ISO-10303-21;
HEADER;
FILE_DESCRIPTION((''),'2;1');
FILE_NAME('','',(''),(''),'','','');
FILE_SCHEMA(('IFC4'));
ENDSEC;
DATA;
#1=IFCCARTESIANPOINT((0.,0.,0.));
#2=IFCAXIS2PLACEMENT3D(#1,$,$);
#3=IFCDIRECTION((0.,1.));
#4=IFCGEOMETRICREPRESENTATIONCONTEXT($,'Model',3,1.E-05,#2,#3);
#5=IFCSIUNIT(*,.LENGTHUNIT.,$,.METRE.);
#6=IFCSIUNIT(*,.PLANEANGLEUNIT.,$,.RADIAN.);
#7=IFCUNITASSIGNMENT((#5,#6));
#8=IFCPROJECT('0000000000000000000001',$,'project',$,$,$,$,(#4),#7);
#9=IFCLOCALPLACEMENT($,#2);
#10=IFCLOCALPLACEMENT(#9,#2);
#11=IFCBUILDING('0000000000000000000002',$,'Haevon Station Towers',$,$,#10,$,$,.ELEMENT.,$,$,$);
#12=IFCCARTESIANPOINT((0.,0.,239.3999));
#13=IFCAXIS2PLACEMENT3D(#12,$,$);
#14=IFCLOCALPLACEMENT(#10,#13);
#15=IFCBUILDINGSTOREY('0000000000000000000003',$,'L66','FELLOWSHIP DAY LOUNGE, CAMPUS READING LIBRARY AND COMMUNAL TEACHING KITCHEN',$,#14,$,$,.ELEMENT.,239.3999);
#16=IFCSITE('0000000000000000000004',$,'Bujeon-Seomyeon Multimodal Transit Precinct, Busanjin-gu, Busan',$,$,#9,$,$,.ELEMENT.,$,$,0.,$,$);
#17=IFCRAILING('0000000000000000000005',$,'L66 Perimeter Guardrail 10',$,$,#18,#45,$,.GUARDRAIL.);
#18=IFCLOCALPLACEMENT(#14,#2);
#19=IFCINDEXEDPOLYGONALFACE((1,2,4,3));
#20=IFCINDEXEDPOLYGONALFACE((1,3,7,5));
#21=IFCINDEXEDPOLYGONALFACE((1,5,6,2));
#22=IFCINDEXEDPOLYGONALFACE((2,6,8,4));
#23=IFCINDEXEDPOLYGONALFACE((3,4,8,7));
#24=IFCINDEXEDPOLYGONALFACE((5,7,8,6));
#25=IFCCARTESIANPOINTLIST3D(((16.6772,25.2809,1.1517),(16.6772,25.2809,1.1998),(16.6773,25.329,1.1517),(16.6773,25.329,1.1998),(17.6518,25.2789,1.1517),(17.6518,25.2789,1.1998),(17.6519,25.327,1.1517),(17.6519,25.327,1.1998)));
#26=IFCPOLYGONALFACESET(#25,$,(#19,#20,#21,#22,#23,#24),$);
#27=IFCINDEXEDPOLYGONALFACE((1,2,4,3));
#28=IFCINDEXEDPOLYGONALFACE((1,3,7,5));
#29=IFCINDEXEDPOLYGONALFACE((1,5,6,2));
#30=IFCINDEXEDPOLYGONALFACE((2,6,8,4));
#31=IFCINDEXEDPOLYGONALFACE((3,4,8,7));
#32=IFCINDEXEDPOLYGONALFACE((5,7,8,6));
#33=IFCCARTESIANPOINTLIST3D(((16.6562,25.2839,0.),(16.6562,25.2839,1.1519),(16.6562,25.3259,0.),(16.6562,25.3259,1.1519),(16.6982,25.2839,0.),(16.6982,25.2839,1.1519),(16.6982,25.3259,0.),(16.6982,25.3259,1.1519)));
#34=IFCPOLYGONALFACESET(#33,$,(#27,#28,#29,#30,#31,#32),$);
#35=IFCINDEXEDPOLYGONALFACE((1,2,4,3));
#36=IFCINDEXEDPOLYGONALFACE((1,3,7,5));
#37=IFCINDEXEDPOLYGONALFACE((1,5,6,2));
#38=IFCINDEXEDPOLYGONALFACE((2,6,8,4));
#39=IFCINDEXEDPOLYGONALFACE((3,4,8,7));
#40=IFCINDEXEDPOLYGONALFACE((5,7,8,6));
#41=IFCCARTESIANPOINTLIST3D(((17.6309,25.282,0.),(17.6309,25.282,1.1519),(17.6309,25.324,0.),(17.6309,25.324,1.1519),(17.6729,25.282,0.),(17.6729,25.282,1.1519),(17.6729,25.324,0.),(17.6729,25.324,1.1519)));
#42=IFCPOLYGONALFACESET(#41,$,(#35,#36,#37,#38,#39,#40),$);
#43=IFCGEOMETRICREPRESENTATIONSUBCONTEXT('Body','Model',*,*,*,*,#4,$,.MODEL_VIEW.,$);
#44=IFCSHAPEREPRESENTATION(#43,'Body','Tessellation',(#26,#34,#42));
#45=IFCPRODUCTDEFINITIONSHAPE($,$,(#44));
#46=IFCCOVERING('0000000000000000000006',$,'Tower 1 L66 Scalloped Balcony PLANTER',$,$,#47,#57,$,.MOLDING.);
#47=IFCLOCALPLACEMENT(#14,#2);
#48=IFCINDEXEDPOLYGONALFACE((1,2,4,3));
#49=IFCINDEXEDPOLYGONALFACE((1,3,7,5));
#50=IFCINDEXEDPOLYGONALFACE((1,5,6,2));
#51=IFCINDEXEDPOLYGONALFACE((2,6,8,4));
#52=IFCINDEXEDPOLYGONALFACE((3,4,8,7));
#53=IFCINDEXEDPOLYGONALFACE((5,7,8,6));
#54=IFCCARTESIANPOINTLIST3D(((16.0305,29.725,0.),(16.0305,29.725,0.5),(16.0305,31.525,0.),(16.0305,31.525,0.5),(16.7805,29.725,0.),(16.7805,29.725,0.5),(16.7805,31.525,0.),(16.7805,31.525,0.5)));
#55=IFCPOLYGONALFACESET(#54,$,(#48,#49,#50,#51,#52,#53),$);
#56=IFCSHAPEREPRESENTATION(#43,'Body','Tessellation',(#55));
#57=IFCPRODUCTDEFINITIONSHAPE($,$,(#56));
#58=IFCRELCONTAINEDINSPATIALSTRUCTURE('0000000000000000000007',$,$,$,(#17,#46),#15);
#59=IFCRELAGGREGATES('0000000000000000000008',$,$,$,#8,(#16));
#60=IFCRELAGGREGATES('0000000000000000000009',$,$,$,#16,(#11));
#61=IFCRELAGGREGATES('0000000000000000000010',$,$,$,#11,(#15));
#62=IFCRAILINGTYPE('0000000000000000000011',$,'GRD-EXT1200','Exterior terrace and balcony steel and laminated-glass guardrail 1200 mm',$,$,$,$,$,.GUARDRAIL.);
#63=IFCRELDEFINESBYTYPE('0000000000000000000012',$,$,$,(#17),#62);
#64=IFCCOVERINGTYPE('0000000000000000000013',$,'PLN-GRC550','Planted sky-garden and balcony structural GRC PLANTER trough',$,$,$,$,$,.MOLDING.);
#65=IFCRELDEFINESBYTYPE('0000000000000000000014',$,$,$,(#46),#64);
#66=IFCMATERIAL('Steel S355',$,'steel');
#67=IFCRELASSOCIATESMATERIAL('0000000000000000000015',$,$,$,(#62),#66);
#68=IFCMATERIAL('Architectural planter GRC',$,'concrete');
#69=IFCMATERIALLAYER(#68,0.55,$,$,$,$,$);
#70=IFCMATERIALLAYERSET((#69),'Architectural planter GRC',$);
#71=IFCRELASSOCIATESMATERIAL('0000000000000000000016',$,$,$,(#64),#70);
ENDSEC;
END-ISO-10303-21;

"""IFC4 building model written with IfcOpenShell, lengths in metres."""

from ifc_helpers import new_model, si_unit, direction, frame, origin, origin_2d, place, context, subcontext, project, spatial, rectangle, extrude, material, layer, layer_set, type_object, element, save


model = new_model("IFC4")

# Units and contexts
model_context = context("Model", 3, precision=1e-05, world=origin(), true_north=direction((0.0, 1.0)))
body_context = subcontext(model_context, "Body", "Model", "MODEL_VIEW")
ifc_project = project(units=[si_unit("LENGTHUNIT", "METRE"), si_unit("PLANEANGLEUNIT", "RADIAN")], contexts=[model_context])

# Site, building, storey
site_placement = place(None, origin())
site = spatial("IfcSite", under=ifc_project, at=site_placement, Name="Bujeon-Seomyeon Multimodal Transit Precinct, Busanjin-gu, Busan", CompositionType="ELEMENT", RefElevation=0.0)
building_placement = place(site_placement, origin())
building = spatial("IfcBuilding", under=site, at=building_placement, Name="Haevon Station Towers", CompositionType="ELEMENT")
storey_placement = place(building_placement, frame((0.0, 0.0, 239.3999)))
storey = spatial("IfcBuildingStorey", under=building, at=storey_placement, Name="L66", Description="FELLOWSHIP DAY LOUNGE, CAMPUS READING LIBRARY AND COMMUNAL TEACHING KITCHEN", CompositionType="ELEMENT", Elevation=239.3999)

# Shared definitions
ifc_material_1 = material(Name="Steel S355", Category="steel")

# Railing
railing_type = type_object("IfcRailingType", Name="GRD-EXT1200", Description="Exterior terrace and balcony steel and laminated-glass guardrail 1200 mm", PredefinedType="GUARDRAIL", material=ifc_material_1)
railing_1_placement = place(storey_placement, frame((16.6772, 25.3049, 0.0)))
element("IfcRailing", 1, at=railing_1_placement, inside=storey, type_object=railing_type, Name="L66 Perimeter Guardrail 10", PredefinedType="GUARDRAIL", context=body_context, shape_type="SweptSolid", body=[
    extrude(rectangle(XDim=0.0481, YDim=0.0481, at=origin_2d()), frame((0.0, 0.0, 1.1758), z_axis=(0.999998, -0.002004, 0.0), x_axis=(0.002004, 0.999998, 0.0)), (0.0, 0.0, 1.0), 0.9746),
    extrude(rectangle(XDim=0.042, YDim=0.042, at=origin_2d()), origin(), (0.0, 0.0, 1.0), 1.1519),
    extrude(rectangle(XDim=0.042, YDim=0.042, at=origin_2d()), frame((0.9746, -0.002, 0.0)), (0.0, 0.0, 1.0), 1.1519),
])

# Covering
ifc_material_2 = material(Name="Architectural planter GRC", Category="concrete")
ifc_layer_1 = layer(ifc_material_2, 0.55)
ifc_layer_set_1 = layer_set([ifc_layer_1], Name="Architectural planter GRC")
covering_type = type_object("IfcCoveringType", Name="PLN-GRC550", Description="Planted sky-garden and balcony structural GRC PLANTER trough", PredefinedType="MOLDING", material=ifc_layer_set_1)
covering_placement = place(storey_placement, frame((16.4055, 30.625, 0.0), z_axis=(0.0, 0.0, 1.0), x_axis=(1.0, 0.0, 0.0)))
element("IfcCovering", 2, at=covering_placement, inside=storey, type_object=covering_type, Name="Tower 1 L66 Scalloped Balcony PLANTER", PredefinedType="MOLDING", context=body_context, shape_type="SweptSolid", body=[
    extrude(rectangle(XDim=0.75, YDim=1.8, at=origin_2d()), origin(), (0.0, 0.0, 1.0), 0.5),
])

save(model, "model.ifc")
